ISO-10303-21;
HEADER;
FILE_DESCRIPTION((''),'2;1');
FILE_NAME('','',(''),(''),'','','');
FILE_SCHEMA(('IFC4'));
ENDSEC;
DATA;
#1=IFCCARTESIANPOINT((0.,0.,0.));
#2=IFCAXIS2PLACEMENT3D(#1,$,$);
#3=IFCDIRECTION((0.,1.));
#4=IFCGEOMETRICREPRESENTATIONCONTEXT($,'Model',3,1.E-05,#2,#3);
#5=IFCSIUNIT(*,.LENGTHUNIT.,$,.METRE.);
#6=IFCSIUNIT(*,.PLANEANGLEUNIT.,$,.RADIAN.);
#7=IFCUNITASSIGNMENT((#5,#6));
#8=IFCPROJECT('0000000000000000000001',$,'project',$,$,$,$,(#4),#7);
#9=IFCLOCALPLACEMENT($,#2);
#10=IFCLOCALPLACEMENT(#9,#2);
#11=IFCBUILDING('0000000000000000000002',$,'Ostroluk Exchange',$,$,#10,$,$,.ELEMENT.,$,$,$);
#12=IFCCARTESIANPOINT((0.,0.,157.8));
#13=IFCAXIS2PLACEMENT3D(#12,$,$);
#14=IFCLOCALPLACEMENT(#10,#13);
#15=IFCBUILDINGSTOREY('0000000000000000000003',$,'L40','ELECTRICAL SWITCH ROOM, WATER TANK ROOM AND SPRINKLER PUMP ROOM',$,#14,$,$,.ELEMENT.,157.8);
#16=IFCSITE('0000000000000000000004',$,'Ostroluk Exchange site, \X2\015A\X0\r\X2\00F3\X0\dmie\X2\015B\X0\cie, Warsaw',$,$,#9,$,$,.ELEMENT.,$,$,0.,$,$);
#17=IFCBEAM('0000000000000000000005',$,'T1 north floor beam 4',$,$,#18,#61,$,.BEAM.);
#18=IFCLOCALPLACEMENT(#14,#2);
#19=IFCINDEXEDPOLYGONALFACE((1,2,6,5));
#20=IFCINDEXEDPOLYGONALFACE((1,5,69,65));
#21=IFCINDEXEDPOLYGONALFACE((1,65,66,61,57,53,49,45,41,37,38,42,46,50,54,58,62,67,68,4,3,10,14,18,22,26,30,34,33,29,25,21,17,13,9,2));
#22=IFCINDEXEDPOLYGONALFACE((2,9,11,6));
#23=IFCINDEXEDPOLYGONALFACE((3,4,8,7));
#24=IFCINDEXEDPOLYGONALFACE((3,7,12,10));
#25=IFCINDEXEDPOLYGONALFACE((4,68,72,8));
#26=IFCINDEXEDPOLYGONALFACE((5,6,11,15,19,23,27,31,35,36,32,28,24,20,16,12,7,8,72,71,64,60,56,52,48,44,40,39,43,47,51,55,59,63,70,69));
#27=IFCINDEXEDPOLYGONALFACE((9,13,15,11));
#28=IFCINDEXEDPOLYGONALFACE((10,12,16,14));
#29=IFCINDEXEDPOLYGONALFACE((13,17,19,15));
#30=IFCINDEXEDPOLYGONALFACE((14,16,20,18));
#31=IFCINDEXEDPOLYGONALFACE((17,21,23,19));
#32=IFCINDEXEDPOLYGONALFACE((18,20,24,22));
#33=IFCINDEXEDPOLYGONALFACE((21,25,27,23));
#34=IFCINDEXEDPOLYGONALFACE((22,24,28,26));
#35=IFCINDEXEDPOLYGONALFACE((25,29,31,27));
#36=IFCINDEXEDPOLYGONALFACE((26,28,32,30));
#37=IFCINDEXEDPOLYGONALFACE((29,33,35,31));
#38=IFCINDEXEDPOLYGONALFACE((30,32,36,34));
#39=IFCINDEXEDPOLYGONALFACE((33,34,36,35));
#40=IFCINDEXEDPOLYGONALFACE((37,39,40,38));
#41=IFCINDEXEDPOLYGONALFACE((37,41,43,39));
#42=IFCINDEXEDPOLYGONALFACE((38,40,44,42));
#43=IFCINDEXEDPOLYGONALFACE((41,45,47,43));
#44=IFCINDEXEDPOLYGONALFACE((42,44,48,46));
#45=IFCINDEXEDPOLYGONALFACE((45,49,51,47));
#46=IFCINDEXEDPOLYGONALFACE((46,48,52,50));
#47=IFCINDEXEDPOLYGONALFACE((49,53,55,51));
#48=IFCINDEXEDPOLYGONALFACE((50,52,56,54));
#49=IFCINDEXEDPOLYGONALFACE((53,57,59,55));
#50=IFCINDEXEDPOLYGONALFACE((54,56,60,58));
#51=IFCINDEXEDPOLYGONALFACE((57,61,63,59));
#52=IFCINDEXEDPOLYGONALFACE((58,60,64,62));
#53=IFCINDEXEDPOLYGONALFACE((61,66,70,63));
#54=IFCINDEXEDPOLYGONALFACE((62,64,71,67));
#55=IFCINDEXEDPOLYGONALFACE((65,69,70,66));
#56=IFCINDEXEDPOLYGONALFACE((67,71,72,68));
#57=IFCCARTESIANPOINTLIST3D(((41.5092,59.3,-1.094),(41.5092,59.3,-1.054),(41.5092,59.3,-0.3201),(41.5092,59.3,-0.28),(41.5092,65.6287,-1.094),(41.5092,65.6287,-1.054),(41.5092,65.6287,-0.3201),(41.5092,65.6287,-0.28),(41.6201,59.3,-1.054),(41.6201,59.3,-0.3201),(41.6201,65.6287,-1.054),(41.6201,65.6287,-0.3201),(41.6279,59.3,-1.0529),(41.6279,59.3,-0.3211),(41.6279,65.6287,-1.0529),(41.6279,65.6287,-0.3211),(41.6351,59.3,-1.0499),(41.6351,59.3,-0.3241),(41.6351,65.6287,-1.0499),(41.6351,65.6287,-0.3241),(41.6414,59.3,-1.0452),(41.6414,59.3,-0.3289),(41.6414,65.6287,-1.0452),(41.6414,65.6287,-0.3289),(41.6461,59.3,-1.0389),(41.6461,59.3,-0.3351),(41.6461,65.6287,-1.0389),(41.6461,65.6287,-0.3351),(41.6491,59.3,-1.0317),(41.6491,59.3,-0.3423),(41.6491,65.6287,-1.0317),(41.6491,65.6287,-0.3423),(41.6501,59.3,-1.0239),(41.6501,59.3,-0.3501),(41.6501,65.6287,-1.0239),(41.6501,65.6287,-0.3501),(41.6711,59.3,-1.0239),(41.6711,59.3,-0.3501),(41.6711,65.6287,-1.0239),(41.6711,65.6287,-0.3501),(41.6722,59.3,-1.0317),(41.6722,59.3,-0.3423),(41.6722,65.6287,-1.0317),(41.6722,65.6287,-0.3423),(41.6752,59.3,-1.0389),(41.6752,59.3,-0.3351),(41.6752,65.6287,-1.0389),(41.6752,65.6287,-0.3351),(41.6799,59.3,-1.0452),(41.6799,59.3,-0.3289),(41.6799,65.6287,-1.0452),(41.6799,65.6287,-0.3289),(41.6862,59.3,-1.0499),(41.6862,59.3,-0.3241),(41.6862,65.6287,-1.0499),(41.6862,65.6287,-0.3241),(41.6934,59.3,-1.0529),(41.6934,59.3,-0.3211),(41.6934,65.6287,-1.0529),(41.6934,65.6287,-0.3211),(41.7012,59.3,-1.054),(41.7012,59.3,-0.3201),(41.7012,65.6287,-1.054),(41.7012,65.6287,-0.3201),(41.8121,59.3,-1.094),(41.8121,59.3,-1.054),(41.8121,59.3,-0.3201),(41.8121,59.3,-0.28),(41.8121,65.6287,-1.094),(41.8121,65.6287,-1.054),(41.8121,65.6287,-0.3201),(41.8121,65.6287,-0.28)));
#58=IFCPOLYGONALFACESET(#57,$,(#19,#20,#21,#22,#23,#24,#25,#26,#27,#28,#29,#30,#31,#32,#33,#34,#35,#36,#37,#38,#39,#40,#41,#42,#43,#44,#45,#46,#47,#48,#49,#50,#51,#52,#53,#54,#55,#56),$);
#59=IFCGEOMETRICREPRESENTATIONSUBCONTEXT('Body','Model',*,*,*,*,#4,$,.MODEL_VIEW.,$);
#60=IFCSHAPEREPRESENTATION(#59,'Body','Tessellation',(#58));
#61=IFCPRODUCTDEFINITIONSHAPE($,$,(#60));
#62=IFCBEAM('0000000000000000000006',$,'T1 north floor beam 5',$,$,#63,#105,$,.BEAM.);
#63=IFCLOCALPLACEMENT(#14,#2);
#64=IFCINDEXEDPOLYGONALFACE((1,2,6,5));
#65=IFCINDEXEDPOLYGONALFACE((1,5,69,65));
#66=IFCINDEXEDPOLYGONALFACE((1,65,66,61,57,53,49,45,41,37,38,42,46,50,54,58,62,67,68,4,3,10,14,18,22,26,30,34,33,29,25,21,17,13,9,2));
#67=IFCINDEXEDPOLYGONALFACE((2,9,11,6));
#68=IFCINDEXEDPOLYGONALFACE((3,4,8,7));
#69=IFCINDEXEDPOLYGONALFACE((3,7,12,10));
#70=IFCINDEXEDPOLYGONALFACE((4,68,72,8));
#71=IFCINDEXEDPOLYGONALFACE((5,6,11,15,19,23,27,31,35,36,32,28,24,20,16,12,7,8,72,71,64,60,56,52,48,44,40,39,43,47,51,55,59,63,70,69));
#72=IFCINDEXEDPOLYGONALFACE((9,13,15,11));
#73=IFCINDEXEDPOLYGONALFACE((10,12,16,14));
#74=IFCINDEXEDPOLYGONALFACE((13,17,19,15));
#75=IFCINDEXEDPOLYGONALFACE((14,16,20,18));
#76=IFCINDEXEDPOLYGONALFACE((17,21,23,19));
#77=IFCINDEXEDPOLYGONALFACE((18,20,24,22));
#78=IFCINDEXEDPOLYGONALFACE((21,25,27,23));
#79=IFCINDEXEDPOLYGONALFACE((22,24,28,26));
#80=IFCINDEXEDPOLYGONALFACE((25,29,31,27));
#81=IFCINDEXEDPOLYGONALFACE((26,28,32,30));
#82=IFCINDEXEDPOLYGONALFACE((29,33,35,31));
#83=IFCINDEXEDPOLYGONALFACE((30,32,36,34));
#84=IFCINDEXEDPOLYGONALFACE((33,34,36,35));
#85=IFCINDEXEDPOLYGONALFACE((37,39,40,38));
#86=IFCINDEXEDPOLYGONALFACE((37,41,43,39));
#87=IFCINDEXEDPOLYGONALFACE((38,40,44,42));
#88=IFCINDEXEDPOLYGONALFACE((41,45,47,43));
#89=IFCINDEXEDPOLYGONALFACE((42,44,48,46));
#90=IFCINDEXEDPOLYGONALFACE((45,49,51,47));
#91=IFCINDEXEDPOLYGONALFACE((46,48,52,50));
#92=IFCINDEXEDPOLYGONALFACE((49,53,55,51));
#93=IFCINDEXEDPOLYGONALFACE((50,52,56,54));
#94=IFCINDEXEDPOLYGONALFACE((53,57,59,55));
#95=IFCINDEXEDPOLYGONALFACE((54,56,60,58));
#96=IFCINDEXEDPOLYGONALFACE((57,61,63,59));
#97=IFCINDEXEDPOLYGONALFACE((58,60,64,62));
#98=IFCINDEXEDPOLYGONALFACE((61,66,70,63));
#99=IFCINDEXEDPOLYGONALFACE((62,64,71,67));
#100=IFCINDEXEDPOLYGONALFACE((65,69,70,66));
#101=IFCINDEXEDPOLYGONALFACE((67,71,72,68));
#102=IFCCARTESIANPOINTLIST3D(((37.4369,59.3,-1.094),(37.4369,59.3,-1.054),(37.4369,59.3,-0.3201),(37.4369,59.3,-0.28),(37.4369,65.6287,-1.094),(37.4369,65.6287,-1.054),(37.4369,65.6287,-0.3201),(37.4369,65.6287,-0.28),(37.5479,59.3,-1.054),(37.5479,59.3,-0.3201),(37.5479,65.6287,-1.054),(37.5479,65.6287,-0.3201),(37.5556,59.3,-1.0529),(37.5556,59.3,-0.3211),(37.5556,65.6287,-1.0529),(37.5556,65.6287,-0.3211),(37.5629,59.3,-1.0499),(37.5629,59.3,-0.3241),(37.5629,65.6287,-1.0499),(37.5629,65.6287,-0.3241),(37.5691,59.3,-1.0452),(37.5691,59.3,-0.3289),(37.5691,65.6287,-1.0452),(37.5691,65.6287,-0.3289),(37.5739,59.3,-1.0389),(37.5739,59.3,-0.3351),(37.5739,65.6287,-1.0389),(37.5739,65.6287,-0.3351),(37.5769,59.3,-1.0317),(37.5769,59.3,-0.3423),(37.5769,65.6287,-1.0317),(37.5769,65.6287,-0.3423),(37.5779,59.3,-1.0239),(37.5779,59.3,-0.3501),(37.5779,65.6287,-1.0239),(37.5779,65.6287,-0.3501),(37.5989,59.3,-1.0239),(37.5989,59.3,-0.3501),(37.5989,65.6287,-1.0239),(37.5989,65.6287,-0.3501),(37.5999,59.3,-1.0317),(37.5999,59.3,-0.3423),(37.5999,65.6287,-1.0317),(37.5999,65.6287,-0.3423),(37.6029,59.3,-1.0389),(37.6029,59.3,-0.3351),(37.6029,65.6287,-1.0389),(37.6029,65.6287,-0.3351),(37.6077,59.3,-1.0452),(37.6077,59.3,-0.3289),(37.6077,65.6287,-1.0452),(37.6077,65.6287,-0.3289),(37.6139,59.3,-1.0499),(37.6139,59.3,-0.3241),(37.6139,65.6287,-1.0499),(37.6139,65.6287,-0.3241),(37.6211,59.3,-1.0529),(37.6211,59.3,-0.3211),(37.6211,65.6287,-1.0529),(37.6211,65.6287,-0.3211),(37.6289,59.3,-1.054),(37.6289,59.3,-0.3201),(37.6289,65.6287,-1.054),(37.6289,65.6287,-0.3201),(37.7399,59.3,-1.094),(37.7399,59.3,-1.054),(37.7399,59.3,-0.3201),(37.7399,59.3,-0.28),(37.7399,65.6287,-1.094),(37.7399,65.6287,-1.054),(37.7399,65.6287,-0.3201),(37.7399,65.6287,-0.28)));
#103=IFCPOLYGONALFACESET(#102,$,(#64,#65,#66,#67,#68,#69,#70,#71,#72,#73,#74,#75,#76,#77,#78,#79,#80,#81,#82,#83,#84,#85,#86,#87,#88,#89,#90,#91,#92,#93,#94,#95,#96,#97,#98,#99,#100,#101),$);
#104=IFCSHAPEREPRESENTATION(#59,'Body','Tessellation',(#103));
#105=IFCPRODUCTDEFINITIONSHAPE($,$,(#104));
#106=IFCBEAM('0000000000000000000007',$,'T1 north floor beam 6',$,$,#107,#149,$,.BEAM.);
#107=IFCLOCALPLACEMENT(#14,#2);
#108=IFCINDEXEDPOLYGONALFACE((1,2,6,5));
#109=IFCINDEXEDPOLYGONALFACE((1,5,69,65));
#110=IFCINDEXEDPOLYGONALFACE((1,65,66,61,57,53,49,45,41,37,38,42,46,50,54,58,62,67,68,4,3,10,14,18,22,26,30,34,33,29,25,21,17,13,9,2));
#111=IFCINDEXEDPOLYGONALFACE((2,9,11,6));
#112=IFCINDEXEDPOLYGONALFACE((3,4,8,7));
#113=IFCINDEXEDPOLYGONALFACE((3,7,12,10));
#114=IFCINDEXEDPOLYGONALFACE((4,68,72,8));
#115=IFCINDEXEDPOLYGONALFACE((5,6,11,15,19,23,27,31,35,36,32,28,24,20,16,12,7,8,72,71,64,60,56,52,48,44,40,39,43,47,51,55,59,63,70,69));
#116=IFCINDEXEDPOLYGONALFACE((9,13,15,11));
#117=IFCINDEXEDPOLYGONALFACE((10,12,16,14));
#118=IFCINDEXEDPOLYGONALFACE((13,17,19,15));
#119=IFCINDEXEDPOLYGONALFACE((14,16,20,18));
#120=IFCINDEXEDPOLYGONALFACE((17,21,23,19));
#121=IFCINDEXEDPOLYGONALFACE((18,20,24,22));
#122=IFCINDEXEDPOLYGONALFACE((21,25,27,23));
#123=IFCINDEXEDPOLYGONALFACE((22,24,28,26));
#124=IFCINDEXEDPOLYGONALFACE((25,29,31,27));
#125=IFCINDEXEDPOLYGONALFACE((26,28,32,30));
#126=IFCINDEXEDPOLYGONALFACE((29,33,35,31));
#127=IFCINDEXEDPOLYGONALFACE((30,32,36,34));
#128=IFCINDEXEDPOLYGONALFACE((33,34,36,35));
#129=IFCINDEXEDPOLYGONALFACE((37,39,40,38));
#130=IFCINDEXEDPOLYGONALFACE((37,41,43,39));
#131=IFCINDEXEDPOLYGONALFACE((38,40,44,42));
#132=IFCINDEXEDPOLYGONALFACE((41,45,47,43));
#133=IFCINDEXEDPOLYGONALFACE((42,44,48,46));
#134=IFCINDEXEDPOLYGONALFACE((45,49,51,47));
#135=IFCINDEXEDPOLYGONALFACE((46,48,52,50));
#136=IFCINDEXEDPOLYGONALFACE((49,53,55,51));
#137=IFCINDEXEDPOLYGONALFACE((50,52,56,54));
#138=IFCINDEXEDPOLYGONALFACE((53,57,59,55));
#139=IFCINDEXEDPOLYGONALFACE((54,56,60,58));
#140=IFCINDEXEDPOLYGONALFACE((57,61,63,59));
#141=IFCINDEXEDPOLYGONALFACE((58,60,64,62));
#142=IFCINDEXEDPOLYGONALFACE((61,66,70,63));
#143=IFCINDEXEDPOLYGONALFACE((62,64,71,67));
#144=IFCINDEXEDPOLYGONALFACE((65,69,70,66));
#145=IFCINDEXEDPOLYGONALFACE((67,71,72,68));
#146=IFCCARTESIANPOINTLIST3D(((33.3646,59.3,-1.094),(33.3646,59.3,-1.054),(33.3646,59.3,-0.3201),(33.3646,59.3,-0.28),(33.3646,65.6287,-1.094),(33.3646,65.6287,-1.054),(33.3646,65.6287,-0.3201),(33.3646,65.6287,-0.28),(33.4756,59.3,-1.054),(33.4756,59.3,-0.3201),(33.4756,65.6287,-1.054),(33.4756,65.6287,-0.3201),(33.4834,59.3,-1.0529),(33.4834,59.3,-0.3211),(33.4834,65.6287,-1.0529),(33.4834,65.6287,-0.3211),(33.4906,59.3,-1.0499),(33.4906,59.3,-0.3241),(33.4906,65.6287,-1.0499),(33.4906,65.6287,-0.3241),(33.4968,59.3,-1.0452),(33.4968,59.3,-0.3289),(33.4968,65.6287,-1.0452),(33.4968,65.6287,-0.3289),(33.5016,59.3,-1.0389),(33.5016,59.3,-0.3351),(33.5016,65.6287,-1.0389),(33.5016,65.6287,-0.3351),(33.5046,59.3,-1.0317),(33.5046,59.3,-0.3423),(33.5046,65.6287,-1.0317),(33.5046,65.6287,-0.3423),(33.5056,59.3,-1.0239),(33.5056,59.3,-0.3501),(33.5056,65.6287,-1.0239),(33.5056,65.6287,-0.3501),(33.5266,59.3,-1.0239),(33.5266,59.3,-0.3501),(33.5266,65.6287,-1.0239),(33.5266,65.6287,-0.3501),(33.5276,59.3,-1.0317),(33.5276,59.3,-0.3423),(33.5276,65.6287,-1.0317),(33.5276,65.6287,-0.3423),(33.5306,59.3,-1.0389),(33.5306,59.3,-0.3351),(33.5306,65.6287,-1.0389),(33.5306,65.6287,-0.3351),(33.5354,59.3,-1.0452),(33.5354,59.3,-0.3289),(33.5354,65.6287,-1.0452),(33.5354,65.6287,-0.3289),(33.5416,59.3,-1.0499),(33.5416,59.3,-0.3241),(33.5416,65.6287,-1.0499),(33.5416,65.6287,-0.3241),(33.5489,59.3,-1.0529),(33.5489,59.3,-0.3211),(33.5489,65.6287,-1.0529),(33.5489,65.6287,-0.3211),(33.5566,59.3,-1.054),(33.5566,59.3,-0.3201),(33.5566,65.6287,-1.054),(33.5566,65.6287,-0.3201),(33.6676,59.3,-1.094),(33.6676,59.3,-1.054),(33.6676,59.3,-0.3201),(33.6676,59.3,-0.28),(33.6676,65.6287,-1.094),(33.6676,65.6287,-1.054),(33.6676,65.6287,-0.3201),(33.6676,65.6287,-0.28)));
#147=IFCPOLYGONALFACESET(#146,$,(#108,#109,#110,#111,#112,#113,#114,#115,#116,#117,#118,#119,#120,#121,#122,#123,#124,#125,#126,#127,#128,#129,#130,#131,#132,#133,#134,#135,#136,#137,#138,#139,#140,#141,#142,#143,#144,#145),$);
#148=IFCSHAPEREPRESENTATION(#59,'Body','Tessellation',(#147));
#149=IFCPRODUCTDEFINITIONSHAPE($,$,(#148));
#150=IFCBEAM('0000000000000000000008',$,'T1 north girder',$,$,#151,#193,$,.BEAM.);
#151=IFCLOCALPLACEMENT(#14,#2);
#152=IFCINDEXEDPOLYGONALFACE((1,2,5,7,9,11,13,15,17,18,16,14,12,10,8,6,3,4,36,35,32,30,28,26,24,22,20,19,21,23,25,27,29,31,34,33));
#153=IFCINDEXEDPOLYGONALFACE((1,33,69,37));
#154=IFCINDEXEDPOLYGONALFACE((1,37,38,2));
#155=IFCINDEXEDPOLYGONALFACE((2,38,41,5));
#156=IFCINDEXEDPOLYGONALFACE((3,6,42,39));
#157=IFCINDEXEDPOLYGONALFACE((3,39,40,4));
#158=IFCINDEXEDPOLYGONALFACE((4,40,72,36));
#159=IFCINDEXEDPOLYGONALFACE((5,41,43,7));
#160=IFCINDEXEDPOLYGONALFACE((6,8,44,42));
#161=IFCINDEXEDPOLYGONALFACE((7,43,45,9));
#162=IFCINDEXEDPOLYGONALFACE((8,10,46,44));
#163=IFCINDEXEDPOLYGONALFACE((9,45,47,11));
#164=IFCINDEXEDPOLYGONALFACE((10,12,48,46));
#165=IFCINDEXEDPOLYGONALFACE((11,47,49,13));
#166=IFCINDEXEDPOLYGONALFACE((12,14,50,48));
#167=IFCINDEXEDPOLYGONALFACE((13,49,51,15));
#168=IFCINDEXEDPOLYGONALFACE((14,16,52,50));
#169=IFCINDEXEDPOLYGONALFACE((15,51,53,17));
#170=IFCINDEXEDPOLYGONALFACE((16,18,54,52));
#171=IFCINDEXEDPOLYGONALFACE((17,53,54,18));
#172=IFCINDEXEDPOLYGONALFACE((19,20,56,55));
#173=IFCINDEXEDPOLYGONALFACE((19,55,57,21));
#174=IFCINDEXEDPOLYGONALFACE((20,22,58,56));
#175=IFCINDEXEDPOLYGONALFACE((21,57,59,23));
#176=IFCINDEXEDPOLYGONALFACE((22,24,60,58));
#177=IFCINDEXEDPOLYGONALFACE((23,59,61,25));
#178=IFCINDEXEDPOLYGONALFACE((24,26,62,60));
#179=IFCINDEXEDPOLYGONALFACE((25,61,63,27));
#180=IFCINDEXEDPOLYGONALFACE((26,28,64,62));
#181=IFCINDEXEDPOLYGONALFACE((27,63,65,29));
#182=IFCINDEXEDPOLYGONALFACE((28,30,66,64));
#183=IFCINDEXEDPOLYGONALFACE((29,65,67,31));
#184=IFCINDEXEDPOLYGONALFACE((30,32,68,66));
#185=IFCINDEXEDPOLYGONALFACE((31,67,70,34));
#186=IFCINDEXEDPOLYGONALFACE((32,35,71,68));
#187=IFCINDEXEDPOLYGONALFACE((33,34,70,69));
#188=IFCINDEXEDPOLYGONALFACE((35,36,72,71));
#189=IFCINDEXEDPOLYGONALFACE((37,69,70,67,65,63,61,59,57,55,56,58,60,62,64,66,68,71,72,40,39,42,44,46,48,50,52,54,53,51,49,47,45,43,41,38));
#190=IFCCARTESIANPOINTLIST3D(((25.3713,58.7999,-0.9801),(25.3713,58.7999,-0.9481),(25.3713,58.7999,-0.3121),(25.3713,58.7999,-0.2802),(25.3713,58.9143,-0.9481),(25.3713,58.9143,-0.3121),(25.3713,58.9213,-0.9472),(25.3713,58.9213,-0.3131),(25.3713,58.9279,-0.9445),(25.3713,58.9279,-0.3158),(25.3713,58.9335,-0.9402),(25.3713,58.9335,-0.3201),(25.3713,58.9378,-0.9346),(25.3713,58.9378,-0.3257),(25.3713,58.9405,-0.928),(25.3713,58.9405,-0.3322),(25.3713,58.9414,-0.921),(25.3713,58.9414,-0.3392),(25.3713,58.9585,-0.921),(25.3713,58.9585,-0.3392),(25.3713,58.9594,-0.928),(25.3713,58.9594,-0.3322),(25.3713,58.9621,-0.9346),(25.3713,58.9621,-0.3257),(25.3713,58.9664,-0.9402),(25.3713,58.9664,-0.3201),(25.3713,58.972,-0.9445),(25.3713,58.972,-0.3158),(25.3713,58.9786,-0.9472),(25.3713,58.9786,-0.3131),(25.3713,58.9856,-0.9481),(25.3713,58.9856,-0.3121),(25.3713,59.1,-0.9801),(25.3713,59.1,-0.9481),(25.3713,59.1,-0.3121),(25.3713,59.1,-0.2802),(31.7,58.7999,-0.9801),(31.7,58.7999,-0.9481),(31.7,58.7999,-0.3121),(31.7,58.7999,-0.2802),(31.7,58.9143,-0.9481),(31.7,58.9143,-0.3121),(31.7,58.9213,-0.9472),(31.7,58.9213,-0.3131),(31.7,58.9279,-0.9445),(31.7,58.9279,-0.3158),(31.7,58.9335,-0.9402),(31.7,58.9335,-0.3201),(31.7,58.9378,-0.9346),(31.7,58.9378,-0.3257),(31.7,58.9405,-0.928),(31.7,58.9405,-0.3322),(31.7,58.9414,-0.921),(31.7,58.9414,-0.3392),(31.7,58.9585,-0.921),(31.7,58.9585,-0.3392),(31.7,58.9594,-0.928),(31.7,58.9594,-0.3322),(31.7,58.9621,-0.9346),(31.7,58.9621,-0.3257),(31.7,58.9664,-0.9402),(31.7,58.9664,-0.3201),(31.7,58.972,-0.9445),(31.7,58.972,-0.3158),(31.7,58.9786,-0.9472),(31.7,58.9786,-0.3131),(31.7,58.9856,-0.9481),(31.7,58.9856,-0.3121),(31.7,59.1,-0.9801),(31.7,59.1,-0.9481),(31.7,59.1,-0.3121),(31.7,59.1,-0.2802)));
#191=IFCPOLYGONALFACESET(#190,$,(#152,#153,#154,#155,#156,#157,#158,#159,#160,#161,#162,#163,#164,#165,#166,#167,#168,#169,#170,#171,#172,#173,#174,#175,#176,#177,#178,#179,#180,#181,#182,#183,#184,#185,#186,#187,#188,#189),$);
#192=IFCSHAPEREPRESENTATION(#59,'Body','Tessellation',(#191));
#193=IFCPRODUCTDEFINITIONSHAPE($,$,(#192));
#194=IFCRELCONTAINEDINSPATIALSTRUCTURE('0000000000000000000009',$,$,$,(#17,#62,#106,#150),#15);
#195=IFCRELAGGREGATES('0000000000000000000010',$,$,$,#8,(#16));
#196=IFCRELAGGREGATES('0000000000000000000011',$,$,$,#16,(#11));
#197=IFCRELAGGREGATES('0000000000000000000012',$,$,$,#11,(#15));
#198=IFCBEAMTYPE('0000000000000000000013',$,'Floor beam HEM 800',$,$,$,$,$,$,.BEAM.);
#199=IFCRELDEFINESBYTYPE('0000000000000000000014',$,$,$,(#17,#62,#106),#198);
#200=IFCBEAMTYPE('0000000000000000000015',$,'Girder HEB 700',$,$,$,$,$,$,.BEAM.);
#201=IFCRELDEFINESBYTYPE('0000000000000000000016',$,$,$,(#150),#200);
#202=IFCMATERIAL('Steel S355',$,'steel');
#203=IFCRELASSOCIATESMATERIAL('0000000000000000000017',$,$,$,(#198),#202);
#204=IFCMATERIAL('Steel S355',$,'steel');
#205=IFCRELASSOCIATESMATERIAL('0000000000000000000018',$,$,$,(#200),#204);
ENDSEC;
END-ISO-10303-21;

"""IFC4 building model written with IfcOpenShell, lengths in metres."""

from ifc_helpers import new_model, si_unit, direction, frame, origin, origin_2d, place, context, subcontext, project, spatial, i_section, extrude, material, material_profile, profile_set, type_object, element, save


model = new_model("IFC4")

# Units and contexts
model_context = context("Model", 3, precision=1e-05, world=origin(), true_north=direction((0.0, 1.0)))
body_context = subcontext(model_context, "Body", "Model", "MODEL_VIEW")
ifc_project = project(units=[si_unit("LENGTHUNIT", "METRE"), si_unit("PLANEANGLEUNIT", "RADIAN")], contexts=[model_context])

# Site, building, storey
site_placement = place(None, origin())
site = spatial("IfcSite", under=ifc_project, at=site_placement, Name="Ostroluk Exchange site, Śródmieście, Warsaw", CompositionType="ELEMENT", RefElevation=0.0)
building_placement = place(site_placement, origin())
building = spatial("IfcBuilding", under=site, at=building_placement, Name="Ostroluk Exchange", CompositionType="ELEMENT")
storey_placement = place(building_placement, frame((0.0, 0.0, 157.8)))
storey = spatial("IfcBuildingStorey", under=building, at=storey_placement, Name="L40", Description="ELECTRICAL SWITCH ROOM, WATER TANK ROOM AND SPRINKLER PUMP ROOM", CompositionType="ELEMENT", Elevation=157.8)

# Beams
ifc_material_1 = material(Name="Steel S355", Category="steel")
ifc_material_profile_1 = material_profile(ifc_material_1, i_section(OverallWidth=0.303, OverallDepth=0.814, WebThickness=0.021, FlangeThickness=0.04, FilletRadius=0.03, at=origin_2d()), Name="HEM 800")
ifc_profile_set_1 = profile_set([ifc_material_profile_1], Name="Steel S355")
beam_type_1 = type_object("IfcBeamType", Name="Floor beam HEM 800", PredefinedType="BEAM", material=ifc_profile_set_1)
for number, where, z_axis, x_axis, name in (
    (1, (41.6606, 59.3, -0.687), (0.0, 1.0, 0.0), (-1.0, 0.0, 0.0), "T1 north floor beam 4"),
    (2, (37.5884, 59.3, -0.687), (0.0, 1.0, 0.0), (-1.0, 0.0, 0.0), "T1 north floor beam 5"),
    (3, (33.5161, 59.3, -0.687), (0.0, 1.0, 0.0), (-1.0, 0.0, 0.0), "T1 north floor beam 6"),
):
    element("IfcBeam", number, at=place(storey_placement, frame(where, z_axis=z_axis, x_axis=x_axis)), inside=storey, type_object=beam_type_1, Name=name, PredefinedType="BEAM", context=body_context, shape_type="SweptSolid", body=[
        extrude(i_section(OverallWidth=0.303, OverallDepth=0.814, WebThickness=0.021, FlangeThickness=0.04, FilletRadius=0.03, at=origin_2d()), origin(), (0.0, 0.0, 1.0), 6.3286),
    ])
ifc_material_2 = material(Name="Steel S355", Category="steel")
ifc_material_profile_2 = material_profile(ifc_material_2, i_section(OverallWidth=0.3, OverallDepth=0.7, WebThickness=0.0171, FlangeThickness=0.032, FilletRadius=0.0271, at=origin_2d()), Name="HEB 700")
ifc_profile_set_2 = profile_set([ifc_material_profile_2], Name="Steel S355")
beam_type_2 = type_object("IfcBeamType", Name="Girder HEB 700", PredefinedType="BEAM", material=ifc_profile_set_2)
beam_placement = place(storey_placement, frame((31.7, 58.95, -0.6301), z_axis=(-1.0, 0.0, 0.0), x_axis=(0.0, -1.0, 0.0)))
element("IfcBeam", 4, at=beam_placement, inside=storey, type_object=beam_type_2, Name="T1 north girder", PredefinedType="BEAM", context=body_context, shape_type="SweptSolid", body=[
    extrude(i_section(OverallWidth=0.3, OverallDepth=0.7, WebThickness=0.0171, FlangeThickness=0.032, FilletRadius=0.0271, at=origin_2d()), origin(), (0.0, 0.0, 1.0), 6.3286),
])

save(model, "model.ifc")
